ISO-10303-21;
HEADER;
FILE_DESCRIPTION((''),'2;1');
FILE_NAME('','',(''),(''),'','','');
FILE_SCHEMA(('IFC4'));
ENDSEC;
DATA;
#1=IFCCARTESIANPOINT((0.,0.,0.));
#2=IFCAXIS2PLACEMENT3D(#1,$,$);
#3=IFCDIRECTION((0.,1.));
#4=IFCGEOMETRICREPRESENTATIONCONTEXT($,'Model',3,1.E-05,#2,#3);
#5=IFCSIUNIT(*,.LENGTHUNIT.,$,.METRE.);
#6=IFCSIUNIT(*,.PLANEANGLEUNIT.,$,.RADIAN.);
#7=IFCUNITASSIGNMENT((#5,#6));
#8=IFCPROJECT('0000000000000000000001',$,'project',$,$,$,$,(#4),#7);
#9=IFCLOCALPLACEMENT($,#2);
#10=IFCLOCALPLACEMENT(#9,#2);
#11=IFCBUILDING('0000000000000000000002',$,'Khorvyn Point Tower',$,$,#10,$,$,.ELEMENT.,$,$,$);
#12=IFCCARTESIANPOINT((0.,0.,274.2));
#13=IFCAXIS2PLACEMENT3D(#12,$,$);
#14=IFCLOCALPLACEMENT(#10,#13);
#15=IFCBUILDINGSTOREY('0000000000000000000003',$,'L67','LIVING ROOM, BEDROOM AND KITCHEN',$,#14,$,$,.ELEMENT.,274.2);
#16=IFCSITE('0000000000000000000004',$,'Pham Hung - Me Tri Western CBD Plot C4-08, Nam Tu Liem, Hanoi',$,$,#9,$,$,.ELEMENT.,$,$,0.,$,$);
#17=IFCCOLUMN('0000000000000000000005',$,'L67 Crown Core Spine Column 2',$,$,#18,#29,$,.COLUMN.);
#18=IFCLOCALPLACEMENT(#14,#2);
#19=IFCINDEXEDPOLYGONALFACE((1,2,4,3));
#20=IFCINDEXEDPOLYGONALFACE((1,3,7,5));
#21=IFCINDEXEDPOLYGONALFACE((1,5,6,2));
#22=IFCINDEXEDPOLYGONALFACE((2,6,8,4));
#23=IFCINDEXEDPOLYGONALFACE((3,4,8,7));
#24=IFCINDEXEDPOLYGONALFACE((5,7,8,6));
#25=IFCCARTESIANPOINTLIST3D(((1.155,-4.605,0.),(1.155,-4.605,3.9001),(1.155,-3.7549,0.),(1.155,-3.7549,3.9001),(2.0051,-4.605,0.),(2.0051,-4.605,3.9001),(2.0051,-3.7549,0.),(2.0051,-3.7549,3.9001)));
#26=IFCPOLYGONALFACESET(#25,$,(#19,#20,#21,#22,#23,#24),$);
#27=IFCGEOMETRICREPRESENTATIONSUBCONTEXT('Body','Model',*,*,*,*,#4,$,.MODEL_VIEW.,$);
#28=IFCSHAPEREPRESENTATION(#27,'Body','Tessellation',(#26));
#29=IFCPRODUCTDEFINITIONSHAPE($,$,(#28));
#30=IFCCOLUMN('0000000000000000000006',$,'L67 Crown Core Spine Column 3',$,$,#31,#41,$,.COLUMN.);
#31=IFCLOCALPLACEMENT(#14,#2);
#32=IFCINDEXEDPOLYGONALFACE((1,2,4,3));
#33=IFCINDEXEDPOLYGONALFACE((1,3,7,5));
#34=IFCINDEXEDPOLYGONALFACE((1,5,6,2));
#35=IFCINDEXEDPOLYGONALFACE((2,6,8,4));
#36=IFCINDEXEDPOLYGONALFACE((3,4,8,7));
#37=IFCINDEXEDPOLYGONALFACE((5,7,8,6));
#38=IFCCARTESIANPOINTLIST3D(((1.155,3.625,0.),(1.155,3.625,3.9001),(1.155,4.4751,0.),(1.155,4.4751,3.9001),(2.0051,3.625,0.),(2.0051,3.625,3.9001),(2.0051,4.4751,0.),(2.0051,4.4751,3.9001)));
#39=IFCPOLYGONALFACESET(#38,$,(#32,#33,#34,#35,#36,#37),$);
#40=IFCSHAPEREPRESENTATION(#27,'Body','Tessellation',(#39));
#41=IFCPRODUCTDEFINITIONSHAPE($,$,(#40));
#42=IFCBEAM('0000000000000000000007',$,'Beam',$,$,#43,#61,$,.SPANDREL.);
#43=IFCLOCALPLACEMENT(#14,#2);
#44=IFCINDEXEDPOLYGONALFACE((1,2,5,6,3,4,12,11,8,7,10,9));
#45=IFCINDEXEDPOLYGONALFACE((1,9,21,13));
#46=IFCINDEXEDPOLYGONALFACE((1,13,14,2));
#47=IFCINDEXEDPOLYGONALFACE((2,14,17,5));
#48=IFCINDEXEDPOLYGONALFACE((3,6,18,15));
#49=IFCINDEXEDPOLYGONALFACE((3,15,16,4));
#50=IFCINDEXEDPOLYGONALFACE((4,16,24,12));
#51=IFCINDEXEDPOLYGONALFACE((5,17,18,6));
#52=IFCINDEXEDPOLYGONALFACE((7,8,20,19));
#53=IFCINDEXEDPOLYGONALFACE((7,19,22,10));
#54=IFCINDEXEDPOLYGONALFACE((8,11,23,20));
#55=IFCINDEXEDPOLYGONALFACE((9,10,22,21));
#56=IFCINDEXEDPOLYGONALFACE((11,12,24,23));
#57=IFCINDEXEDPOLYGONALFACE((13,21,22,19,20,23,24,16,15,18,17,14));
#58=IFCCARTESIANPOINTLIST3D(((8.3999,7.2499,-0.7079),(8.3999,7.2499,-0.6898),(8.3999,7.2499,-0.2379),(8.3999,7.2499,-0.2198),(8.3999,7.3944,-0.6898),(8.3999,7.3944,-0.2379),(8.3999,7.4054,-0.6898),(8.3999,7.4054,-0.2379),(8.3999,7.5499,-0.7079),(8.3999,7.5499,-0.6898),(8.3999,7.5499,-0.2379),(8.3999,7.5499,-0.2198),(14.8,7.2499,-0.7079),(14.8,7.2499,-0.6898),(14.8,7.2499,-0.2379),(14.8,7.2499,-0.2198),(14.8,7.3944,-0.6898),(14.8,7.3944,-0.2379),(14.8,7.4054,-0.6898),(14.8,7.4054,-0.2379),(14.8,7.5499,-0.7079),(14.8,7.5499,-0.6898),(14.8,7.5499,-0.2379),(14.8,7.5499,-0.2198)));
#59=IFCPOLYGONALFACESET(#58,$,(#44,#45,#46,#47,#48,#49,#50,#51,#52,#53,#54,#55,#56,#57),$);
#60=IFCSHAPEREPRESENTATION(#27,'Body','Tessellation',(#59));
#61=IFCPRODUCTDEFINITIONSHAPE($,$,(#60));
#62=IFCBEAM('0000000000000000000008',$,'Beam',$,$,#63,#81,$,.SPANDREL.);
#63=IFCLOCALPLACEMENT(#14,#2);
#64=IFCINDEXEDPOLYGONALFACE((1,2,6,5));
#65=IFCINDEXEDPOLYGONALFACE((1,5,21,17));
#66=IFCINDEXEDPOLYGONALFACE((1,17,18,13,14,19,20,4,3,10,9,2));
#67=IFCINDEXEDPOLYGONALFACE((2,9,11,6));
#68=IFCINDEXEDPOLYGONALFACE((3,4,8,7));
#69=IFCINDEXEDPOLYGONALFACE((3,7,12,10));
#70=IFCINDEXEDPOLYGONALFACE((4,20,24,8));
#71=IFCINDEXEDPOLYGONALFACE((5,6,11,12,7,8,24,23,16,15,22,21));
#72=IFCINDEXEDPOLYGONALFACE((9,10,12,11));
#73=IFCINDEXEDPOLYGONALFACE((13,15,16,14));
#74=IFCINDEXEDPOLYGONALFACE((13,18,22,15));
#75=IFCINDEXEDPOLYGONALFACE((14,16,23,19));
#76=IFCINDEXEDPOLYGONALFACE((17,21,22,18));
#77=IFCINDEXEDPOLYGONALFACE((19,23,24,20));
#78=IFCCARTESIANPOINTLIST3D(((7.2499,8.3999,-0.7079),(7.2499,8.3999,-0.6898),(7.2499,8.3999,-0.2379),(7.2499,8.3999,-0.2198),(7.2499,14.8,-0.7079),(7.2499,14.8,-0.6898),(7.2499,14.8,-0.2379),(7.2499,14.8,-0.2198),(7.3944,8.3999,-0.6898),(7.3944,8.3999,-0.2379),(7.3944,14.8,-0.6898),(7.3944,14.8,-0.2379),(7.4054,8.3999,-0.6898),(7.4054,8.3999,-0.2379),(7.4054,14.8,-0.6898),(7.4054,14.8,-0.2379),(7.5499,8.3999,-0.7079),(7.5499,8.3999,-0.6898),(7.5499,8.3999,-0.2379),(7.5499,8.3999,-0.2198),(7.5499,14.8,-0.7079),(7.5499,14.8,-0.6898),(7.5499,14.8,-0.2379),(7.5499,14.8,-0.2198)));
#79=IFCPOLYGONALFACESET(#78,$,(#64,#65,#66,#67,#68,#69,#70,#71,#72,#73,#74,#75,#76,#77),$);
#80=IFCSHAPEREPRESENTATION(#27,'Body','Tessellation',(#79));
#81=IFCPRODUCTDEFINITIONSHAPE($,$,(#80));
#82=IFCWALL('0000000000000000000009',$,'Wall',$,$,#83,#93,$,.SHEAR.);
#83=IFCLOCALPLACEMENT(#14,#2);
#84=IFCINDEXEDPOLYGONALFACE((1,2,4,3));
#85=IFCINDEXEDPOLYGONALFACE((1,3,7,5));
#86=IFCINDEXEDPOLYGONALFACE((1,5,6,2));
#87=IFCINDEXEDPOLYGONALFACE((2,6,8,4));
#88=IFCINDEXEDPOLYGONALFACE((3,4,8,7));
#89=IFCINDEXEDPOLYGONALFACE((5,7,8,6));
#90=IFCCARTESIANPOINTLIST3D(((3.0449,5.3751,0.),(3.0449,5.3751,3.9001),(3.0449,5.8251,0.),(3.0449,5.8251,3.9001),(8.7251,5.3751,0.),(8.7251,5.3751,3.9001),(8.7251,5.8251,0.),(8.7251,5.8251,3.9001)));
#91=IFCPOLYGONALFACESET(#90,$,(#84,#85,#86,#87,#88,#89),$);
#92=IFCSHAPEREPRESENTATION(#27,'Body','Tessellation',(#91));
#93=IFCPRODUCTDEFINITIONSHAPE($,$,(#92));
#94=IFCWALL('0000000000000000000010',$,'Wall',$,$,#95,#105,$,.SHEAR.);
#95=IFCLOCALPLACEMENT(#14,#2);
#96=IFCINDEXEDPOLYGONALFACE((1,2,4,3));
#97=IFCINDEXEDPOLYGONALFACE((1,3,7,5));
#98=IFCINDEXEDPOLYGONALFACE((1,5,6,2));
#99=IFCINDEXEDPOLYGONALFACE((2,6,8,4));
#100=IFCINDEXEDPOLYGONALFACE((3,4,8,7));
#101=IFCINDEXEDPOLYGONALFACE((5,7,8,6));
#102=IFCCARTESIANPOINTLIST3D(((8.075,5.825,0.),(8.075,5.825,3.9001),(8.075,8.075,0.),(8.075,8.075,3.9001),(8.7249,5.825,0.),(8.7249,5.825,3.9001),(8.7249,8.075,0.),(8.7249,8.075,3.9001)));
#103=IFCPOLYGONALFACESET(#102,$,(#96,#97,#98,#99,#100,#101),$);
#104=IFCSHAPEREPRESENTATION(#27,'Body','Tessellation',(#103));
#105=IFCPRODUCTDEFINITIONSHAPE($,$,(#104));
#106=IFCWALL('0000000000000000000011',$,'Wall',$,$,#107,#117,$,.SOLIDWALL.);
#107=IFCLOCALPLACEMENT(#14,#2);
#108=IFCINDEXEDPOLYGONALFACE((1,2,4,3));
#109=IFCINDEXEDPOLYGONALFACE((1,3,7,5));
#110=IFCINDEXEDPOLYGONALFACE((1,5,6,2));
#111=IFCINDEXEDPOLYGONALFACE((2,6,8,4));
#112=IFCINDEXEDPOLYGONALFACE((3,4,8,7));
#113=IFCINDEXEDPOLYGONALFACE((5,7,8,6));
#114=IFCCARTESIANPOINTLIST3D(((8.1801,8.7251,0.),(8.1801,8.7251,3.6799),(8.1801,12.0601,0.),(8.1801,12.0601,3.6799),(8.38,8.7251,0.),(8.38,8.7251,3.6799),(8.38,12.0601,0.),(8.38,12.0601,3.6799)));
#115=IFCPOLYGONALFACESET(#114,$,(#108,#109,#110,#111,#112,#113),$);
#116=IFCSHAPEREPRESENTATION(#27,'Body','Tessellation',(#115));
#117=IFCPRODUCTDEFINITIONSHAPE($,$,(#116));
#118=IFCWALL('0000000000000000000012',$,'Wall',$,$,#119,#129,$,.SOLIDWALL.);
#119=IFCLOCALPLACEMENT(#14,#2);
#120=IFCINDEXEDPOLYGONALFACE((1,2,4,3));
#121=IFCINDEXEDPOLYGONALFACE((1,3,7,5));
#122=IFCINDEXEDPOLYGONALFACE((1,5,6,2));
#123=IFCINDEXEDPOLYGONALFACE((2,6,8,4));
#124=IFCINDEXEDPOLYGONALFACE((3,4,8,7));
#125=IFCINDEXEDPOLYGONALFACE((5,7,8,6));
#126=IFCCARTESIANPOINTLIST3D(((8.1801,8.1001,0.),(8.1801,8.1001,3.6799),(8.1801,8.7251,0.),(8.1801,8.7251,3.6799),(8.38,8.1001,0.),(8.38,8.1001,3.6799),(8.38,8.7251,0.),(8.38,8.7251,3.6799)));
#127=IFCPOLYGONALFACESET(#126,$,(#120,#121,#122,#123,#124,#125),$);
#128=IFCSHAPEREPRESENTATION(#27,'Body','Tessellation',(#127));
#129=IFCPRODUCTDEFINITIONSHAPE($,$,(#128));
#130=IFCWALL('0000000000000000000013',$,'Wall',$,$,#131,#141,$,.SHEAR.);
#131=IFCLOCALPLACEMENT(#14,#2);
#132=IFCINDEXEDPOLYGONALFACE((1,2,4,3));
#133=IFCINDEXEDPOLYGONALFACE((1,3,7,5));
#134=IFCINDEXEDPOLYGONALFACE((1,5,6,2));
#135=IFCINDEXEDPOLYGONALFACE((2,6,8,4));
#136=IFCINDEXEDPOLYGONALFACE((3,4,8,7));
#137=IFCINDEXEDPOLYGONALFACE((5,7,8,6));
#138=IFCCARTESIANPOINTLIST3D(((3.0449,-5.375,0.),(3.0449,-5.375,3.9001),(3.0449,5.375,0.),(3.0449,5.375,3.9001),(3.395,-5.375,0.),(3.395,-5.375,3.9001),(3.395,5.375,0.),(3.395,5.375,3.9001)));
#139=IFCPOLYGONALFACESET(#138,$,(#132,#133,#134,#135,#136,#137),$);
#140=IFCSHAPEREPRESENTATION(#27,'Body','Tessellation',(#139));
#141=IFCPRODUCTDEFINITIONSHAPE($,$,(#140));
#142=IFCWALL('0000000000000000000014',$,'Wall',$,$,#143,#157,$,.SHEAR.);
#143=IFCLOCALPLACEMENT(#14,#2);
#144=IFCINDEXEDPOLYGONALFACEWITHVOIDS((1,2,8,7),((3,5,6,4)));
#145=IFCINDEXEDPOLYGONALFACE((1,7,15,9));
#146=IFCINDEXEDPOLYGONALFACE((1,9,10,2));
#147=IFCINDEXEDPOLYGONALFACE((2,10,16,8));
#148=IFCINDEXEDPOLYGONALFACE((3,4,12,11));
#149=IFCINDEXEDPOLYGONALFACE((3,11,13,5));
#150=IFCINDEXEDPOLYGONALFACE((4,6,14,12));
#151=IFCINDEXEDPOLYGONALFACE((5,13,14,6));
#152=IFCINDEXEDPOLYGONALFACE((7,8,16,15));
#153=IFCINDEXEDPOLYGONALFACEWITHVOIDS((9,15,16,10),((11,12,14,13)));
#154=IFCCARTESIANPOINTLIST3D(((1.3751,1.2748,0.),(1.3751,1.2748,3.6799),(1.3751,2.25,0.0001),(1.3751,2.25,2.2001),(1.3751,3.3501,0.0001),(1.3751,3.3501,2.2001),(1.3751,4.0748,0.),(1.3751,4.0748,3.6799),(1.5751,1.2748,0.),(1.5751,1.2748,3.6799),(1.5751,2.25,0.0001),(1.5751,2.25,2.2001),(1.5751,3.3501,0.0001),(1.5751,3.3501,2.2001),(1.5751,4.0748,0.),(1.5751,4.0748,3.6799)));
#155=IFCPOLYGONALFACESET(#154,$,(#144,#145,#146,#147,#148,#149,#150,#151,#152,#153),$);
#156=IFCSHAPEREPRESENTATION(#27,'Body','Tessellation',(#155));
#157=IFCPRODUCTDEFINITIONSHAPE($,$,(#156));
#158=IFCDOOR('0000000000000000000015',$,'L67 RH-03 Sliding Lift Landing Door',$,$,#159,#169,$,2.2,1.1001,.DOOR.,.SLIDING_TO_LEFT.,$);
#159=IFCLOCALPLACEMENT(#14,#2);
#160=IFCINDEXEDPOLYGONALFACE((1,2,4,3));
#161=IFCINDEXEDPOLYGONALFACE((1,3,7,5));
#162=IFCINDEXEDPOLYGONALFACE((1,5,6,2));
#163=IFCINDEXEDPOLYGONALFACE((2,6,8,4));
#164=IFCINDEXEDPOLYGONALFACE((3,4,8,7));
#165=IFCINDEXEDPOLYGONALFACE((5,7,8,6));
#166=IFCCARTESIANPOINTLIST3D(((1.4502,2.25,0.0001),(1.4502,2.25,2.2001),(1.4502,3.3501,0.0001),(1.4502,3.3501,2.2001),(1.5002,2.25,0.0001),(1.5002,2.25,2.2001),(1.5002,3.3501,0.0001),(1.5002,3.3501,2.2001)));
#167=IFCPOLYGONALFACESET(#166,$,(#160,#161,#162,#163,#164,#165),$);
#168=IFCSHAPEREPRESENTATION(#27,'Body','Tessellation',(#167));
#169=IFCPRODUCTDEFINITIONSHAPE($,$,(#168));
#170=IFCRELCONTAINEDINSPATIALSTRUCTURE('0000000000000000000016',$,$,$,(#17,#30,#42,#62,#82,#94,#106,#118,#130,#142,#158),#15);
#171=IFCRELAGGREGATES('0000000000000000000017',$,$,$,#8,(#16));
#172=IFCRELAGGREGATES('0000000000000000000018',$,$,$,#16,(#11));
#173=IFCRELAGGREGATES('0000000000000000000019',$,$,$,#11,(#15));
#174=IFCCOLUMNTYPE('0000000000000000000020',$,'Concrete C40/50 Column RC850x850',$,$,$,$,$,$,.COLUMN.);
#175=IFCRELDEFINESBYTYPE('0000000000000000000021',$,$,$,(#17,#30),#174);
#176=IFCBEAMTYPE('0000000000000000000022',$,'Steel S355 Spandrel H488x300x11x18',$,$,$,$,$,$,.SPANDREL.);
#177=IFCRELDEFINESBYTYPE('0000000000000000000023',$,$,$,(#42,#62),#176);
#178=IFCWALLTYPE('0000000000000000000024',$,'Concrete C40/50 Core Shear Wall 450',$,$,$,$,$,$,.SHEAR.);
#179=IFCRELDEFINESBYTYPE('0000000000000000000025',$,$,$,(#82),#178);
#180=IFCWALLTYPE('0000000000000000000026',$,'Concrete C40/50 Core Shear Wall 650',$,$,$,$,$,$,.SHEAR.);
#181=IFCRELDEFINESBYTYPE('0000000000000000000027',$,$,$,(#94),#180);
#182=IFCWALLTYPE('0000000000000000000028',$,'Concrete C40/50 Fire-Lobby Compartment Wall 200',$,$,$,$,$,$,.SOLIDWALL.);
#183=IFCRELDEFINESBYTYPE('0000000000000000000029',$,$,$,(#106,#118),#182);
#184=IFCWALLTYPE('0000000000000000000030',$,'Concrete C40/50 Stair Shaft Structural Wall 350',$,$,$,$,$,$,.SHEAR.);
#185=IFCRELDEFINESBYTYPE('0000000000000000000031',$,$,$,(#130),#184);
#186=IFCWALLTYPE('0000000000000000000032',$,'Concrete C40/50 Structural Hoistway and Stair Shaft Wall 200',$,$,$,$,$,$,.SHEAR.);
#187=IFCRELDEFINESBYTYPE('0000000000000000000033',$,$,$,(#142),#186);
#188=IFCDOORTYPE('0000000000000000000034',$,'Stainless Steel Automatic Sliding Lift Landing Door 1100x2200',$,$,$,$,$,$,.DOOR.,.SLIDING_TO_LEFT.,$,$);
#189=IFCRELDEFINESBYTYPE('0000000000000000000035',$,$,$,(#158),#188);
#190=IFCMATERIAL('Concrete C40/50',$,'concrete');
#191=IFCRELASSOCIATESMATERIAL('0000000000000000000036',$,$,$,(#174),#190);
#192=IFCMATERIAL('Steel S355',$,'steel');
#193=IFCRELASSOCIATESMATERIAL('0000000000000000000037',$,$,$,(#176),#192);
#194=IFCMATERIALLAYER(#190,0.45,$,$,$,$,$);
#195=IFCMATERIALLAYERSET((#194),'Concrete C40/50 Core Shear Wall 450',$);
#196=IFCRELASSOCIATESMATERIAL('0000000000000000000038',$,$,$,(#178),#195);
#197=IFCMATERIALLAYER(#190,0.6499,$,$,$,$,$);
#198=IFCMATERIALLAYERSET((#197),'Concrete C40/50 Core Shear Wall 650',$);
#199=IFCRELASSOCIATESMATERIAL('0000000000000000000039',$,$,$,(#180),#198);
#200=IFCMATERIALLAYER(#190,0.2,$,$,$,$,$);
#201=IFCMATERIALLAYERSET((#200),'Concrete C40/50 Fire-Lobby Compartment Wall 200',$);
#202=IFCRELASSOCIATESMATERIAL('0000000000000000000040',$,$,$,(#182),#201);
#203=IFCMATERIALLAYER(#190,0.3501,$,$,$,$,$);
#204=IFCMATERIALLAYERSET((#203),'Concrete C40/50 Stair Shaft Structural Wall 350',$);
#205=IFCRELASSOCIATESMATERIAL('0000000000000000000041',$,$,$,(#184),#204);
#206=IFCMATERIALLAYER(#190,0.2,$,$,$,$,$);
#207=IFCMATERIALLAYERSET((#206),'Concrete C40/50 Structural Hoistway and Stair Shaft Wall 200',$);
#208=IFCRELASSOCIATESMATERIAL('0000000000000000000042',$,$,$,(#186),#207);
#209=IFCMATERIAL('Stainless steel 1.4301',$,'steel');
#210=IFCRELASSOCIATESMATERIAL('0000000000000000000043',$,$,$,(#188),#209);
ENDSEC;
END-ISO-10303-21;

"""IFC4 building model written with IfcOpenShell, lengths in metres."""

from ifc_helpers import new_model, si_unit, direction, frame, frame_2d, origin, origin_2d, place, context, subcontext, project, spatial, rectangle, i_section, extrude, material, layer, layer_set, material_profile, profile_set, type_object, element, fill, save


model = new_model("IFC4")

# Units and contexts
model_context = context("Model", 3, precision=1e-05, world=origin(), true_north=direction((0.0, 1.0)))
body_context = subcontext(model_context, "Body", "Model", "MODEL_VIEW")
ifc_project = project(units=[si_unit("LENGTHUNIT", "METRE"), si_unit("PLANEANGLEUNIT", "RADIAN")], contexts=[model_context])

# Site, building, storey
site_placement = place(None, origin())
site = spatial("IfcSite", under=ifc_project, at=site_placement, Name="Pham Hung - Me Tri Western CBD Plot C4-08, Nam Tu Liem, Hanoi", CompositionType="ELEMENT", RefElevation=0.0)
building_placement = place(site_placement, origin())
building = spatial("IfcBuilding", under=site, at=building_placement, Name="Khorvyn Point Tower", CompositionType="ELEMENT")
storey_placement = place(building_placement, frame((0.0, 0.0, 274.2)))
storey = spatial("IfcBuildingStorey", under=building, at=storey_placement, Name="L67", Description="LIVING ROOM, BEDROOM AND KITCHEN", CompositionType="ELEMENT", Elevation=274.2)

# Columns
ifc_material_1 = material(Name="Concrete C40/50", Category="concrete")
ifc_material_profile_1 = material_profile(ifc_material_1, rectangle(XDim=0.8501, YDim=0.8501, at=origin_2d()))
ifc_profile_set_1 = profile_set([ifc_material_profile_1], Name="Concrete C40/50 RC850x850")
column_type = type_object("IfcColumnType", Name="Concrete C40/50 Column RC850x850", PredefinedType="COLUMN", material=ifc_profile_set_1)
for number, where, z_axis, x_axis, name in (
    (1, (1.5801, -4.1799, 0.0), (0.0, 0.0, 1.0), (1.0, 0.0, 0.0), "L67 Crown Core Spine Column 2"),
    (2, (1.5801, 4.05, 0.0), (0.0, 0.0, 1.0), (1.0, 0.0, 0.0), "L67 Crown Core Spine Column 3"),
):
    element("IfcColumn", number, at=place(storey_placement, frame(where, z_axis=z_axis, x_axis=x_axis)), inside=storey, type_object=column_type, Name=name, PredefinedType="COLUMN", context=body_context, shape_type="SweptSolid", body=[
        extrude(rectangle(XDim=0.8501, YDim=0.8501, at=origin_2d()), origin(), (0.0, 0.0, 1.0), 3.9001),
    ])

# Beams
ifc_material_2 = material(Name="Steel S355", Category="steel")
ifc_material_profile_2 = material_profile(ifc_material_2, i_section(OverallWidth=0.3, OverallDepth=0.488, WebThickness=0.011, FlangeThickness=0.0181, at=origin_2d()))
ifc_profile_set_2 = profile_set([ifc_material_profile_2], Name="Steel S355 H488x300x11x18")
beam_type = type_object("IfcBeamType", Name="Steel S355 Spandrel H488x300x11x18", PredefinedType="SPANDREL", material=ifc_profile_set_2)
for number, where, z_axis, x_axis, name in (
    (3, (8.3999, 7.3999, -0.4639), (1.0, 0.0, 0.0), (0.0, 1.0, 0.0), "Beam"),
    (4, (7.3999, 8.3999, -0.4639), (0.0, 1.0, 0.0), (-1.0, 0.0, 0.0), "Beam"),
):
    element("IfcBeam", number, at=place(storey_placement, frame(where, z_axis=z_axis, x_axis=x_axis)), inside=storey, type_object=beam_type, Name=name, PredefinedType="SPANDREL", context=body_context, shape_type="SweptSolid", body=[
        extrude(i_section(OverallWidth=0.3, OverallDepth=0.488, WebThickness=0.011, FlangeThickness=0.0181, at=origin_2d()), origin(), (0.0, 0.0, 1.0), 6.4001),
    ])

# Walls
ifc_layer_1 = layer(ifc_material_1, 0.45)
ifc_layer_set_1 = layer_set([ifc_layer_1], Name="Concrete C40/50 Core Shear Wall 450")
wall_type_1 = type_object("IfcWallType", Name="Concrete C40/50 Core Shear Wall 450", PredefinedType="SHEAR", material=ifc_layer_set_1)
wall_1_placement = place(storey_placement, frame((3.0449, 5.6001, 0.0), z_axis=(0.0, 0.0, 1.0), x_axis=(1.0, 0.0, 0.0)))
element("IfcWall", 5, at=wall_1_placement, inside=storey, type_object=wall_type_1, Name="Wall", PredefinedType="SHEAR", context=body_context, shape_type="SweptSolid", body=[
    extrude(rectangle(XDim=5.6802, YDim=0.45, at=frame_2d((2.8401, 0.0))), origin(), (0.0, 0.0, 1.0), 3.9001),
])
ifc_layer_2 = layer(ifc_material_1, 0.6499)
ifc_layer_set_2 = layer_set([ifc_layer_2], Name="Concrete C40/50 Core Shear Wall 650")
wall_type_2 = type_object("IfcWallType", Name="Concrete C40/50 Core Shear Wall 650", PredefinedType="SHEAR", material=ifc_layer_set_2)
wall_2_placement = place(storey_placement, frame((8.3999, 5.825, 0.0), z_axis=(0.0, 0.0, 1.0), x_axis=(0.0, 1.0, 0.0)))
element("IfcWall", 6, at=wall_2_placement, inside=storey, type_object=wall_type_2, Name="Wall", PredefinedType="SHEAR", context=body_context, shape_type="SweptSolid", body=[
    extrude(rectangle(XDim=2.25, YDim=0.6499, at=frame_2d((1.125, 0.0))), origin(), (0.0, 0.0, 1.0), 3.9001),
])

# Shared definitions
ifc_layer_3 = layer(ifc_material_1, 0.2)
ifc_layer_set_3 = layer_set([ifc_layer_3], Name="Concrete C40/50 Fire-Lobby Compartment Wall 200")
wall_type_3 = type_object("IfcWallType", Name="Concrete C40/50 Fire-Lobby Compartment Wall 200", PredefinedType="SOLIDWALL", material=ifc_layer_set_3)

# Walls
wall_3_placement = place(storey_placement, frame((8.28, 8.7251, 0.0), z_axis=(0.0, 0.0, 1.0), x_axis=(0.0, 1.0, 0.0)))
element("IfcWall", 7, at=wall_3_placement, inside=storey, type_object=wall_type_3, Name="Wall", PredefinedType="SOLIDWALL", context=body_context, shape_type="SweptSolid", body=[
    extrude(rectangle(XDim=3.335, YDim=0.2, at=frame_2d((1.6675, 0.0))), origin(), (0.0, 0.0, 1.0), 3.6799),
])
wall_4_placement = place(storey_placement, frame((8.28, 8.1001, 0.0), z_axis=(0.0, 0.0, 1.0), x_axis=(0.0, 1.0, 0.0)))
element("IfcWall", 8, at=wall_4_placement, inside=storey, type_object=wall_type_3, Name="Wall", PredefinedType="SOLIDWALL", context=body_context, shape_type="SweptSolid", body=[
    extrude(rectangle(XDim=0.625, YDim=0.2, at=frame_2d((0.3125, 0.0))), origin(), (0.0, 0.0, 1.0), 3.6799),
])
ifc_layer_4 = layer(ifc_material_1, 0.3501)
ifc_layer_set_4 = layer_set([ifc_layer_4], Name="Concrete C40/50 Stair Shaft Structural Wall 350")
wall_type_4 = type_object("IfcWallType", Name="Concrete C40/50 Stair Shaft Structural Wall 350", PredefinedType="SHEAR", material=ifc_layer_set_4)
wall_5_placement = place(storey_placement, frame((3.22, -5.375, 0.0), z_axis=(0.0, 0.0, 1.0), x_axis=(0.0, 1.0, 0.0)))
element("IfcWall", 9, at=wall_5_placement, inside=storey, type_object=wall_type_4, Name="Wall", PredefinedType="SHEAR", context=body_context, shape_type="SweptSolid", body=[
    extrude(rectangle(XDim=10.75, YDim=0.3501, at=frame_2d((5.375, 0.0))), origin(), (0.0, 0.0, 1.0), 3.9001),
])

# Wall, opening, door
ifc_layer_5 = layer(ifc_material_1, 0.2)
ifc_layer_set_5 = layer_set([ifc_layer_5], Name="Concrete C40/50 Structural Hoistway and Stair Shaft Wall 200")
wall_type_5 = type_object("IfcWallType", Name="Concrete C40/50 Structural Hoistway and Stair Shaft Wall 200", PredefinedType="SHEAR", material=ifc_layer_set_5)
wall_6_placement = place(storey_placement, frame((1.4751, 1.2749, 0.0), z_axis=(0.0, 0.0, 1.0), x_axis=(0.0, 1.0, 0.0)))
wall_6 = element("IfcWall", 10, at=wall_6_placement, inside=storey, type_object=wall_type_5, Name="Wall", PredefinedType="SHEAR", context=body_context, shape_type="SweptSolid", body=[
    extrude(rectangle(XDim=2.8, YDim=0.2, at=frame_2d((1.3999, 0.0))), origin(), (0.0, 0.0, 1.0), 3.6799),
])
opening_1_placement = place(wall_6_placement, frame((0.9751, 0.0, 0.0)))
opening_1 = element("IfcOpeningElement", 11, at=opening_1_placement, cuts=wall_6, PredefinedType="OPENING", context=body_context, shape_type="SweptSolid", body=[
    extrude(rectangle(XDim=1.1001, YDim=2.2, at=frame_2d((0.55, 1.1001))), frame((0.0, 0.1099, 0.0), z_axis=(0.0, -1.0, 0.0), x_axis=(1.0, 0.0, 0.0)), (0.0, 0.0, 1.0), 0.22),
])
ifc_material_3 = material(Name="Stainless steel 1.4301", Category="steel")
door_type_1 = type_object("IfcDoorType", Name="Stainless Steel Automatic Sliding Lift Landing Door 1100x2200", OperationType="SLIDING_TO_LEFT", PredefinedType="DOOR", material=ifc_material_3)
door_1_placement = place(opening_1_placement, origin())
door_1 = element("IfcDoor", 12, at=door_1_placement, inside=storey, type_object=door_type_1, Name="L67 RH-03 Sliding Lift Landing Door", OperationType="SLIDING_TO_LEFT", OverallHeight=2.2, OverallWidth=1.1001, PredefinedType="DOOR", context=body_context, shape_type="SweptSolid", body=[
    extrude(rectangle(XDim=1.1001, YDim=2.2, at=frame_2d((0.55, 1.1001))), frame((0.0, 0.0249, 0.0), z_axis=(0.0, -1.0, 0.0), x_axis=(1.0, 0.0, 0.0)), (0.0, 0.0, 1.0), 0.05),
])
fill(opening_1, door_1)

save(model, "model.ifc")
